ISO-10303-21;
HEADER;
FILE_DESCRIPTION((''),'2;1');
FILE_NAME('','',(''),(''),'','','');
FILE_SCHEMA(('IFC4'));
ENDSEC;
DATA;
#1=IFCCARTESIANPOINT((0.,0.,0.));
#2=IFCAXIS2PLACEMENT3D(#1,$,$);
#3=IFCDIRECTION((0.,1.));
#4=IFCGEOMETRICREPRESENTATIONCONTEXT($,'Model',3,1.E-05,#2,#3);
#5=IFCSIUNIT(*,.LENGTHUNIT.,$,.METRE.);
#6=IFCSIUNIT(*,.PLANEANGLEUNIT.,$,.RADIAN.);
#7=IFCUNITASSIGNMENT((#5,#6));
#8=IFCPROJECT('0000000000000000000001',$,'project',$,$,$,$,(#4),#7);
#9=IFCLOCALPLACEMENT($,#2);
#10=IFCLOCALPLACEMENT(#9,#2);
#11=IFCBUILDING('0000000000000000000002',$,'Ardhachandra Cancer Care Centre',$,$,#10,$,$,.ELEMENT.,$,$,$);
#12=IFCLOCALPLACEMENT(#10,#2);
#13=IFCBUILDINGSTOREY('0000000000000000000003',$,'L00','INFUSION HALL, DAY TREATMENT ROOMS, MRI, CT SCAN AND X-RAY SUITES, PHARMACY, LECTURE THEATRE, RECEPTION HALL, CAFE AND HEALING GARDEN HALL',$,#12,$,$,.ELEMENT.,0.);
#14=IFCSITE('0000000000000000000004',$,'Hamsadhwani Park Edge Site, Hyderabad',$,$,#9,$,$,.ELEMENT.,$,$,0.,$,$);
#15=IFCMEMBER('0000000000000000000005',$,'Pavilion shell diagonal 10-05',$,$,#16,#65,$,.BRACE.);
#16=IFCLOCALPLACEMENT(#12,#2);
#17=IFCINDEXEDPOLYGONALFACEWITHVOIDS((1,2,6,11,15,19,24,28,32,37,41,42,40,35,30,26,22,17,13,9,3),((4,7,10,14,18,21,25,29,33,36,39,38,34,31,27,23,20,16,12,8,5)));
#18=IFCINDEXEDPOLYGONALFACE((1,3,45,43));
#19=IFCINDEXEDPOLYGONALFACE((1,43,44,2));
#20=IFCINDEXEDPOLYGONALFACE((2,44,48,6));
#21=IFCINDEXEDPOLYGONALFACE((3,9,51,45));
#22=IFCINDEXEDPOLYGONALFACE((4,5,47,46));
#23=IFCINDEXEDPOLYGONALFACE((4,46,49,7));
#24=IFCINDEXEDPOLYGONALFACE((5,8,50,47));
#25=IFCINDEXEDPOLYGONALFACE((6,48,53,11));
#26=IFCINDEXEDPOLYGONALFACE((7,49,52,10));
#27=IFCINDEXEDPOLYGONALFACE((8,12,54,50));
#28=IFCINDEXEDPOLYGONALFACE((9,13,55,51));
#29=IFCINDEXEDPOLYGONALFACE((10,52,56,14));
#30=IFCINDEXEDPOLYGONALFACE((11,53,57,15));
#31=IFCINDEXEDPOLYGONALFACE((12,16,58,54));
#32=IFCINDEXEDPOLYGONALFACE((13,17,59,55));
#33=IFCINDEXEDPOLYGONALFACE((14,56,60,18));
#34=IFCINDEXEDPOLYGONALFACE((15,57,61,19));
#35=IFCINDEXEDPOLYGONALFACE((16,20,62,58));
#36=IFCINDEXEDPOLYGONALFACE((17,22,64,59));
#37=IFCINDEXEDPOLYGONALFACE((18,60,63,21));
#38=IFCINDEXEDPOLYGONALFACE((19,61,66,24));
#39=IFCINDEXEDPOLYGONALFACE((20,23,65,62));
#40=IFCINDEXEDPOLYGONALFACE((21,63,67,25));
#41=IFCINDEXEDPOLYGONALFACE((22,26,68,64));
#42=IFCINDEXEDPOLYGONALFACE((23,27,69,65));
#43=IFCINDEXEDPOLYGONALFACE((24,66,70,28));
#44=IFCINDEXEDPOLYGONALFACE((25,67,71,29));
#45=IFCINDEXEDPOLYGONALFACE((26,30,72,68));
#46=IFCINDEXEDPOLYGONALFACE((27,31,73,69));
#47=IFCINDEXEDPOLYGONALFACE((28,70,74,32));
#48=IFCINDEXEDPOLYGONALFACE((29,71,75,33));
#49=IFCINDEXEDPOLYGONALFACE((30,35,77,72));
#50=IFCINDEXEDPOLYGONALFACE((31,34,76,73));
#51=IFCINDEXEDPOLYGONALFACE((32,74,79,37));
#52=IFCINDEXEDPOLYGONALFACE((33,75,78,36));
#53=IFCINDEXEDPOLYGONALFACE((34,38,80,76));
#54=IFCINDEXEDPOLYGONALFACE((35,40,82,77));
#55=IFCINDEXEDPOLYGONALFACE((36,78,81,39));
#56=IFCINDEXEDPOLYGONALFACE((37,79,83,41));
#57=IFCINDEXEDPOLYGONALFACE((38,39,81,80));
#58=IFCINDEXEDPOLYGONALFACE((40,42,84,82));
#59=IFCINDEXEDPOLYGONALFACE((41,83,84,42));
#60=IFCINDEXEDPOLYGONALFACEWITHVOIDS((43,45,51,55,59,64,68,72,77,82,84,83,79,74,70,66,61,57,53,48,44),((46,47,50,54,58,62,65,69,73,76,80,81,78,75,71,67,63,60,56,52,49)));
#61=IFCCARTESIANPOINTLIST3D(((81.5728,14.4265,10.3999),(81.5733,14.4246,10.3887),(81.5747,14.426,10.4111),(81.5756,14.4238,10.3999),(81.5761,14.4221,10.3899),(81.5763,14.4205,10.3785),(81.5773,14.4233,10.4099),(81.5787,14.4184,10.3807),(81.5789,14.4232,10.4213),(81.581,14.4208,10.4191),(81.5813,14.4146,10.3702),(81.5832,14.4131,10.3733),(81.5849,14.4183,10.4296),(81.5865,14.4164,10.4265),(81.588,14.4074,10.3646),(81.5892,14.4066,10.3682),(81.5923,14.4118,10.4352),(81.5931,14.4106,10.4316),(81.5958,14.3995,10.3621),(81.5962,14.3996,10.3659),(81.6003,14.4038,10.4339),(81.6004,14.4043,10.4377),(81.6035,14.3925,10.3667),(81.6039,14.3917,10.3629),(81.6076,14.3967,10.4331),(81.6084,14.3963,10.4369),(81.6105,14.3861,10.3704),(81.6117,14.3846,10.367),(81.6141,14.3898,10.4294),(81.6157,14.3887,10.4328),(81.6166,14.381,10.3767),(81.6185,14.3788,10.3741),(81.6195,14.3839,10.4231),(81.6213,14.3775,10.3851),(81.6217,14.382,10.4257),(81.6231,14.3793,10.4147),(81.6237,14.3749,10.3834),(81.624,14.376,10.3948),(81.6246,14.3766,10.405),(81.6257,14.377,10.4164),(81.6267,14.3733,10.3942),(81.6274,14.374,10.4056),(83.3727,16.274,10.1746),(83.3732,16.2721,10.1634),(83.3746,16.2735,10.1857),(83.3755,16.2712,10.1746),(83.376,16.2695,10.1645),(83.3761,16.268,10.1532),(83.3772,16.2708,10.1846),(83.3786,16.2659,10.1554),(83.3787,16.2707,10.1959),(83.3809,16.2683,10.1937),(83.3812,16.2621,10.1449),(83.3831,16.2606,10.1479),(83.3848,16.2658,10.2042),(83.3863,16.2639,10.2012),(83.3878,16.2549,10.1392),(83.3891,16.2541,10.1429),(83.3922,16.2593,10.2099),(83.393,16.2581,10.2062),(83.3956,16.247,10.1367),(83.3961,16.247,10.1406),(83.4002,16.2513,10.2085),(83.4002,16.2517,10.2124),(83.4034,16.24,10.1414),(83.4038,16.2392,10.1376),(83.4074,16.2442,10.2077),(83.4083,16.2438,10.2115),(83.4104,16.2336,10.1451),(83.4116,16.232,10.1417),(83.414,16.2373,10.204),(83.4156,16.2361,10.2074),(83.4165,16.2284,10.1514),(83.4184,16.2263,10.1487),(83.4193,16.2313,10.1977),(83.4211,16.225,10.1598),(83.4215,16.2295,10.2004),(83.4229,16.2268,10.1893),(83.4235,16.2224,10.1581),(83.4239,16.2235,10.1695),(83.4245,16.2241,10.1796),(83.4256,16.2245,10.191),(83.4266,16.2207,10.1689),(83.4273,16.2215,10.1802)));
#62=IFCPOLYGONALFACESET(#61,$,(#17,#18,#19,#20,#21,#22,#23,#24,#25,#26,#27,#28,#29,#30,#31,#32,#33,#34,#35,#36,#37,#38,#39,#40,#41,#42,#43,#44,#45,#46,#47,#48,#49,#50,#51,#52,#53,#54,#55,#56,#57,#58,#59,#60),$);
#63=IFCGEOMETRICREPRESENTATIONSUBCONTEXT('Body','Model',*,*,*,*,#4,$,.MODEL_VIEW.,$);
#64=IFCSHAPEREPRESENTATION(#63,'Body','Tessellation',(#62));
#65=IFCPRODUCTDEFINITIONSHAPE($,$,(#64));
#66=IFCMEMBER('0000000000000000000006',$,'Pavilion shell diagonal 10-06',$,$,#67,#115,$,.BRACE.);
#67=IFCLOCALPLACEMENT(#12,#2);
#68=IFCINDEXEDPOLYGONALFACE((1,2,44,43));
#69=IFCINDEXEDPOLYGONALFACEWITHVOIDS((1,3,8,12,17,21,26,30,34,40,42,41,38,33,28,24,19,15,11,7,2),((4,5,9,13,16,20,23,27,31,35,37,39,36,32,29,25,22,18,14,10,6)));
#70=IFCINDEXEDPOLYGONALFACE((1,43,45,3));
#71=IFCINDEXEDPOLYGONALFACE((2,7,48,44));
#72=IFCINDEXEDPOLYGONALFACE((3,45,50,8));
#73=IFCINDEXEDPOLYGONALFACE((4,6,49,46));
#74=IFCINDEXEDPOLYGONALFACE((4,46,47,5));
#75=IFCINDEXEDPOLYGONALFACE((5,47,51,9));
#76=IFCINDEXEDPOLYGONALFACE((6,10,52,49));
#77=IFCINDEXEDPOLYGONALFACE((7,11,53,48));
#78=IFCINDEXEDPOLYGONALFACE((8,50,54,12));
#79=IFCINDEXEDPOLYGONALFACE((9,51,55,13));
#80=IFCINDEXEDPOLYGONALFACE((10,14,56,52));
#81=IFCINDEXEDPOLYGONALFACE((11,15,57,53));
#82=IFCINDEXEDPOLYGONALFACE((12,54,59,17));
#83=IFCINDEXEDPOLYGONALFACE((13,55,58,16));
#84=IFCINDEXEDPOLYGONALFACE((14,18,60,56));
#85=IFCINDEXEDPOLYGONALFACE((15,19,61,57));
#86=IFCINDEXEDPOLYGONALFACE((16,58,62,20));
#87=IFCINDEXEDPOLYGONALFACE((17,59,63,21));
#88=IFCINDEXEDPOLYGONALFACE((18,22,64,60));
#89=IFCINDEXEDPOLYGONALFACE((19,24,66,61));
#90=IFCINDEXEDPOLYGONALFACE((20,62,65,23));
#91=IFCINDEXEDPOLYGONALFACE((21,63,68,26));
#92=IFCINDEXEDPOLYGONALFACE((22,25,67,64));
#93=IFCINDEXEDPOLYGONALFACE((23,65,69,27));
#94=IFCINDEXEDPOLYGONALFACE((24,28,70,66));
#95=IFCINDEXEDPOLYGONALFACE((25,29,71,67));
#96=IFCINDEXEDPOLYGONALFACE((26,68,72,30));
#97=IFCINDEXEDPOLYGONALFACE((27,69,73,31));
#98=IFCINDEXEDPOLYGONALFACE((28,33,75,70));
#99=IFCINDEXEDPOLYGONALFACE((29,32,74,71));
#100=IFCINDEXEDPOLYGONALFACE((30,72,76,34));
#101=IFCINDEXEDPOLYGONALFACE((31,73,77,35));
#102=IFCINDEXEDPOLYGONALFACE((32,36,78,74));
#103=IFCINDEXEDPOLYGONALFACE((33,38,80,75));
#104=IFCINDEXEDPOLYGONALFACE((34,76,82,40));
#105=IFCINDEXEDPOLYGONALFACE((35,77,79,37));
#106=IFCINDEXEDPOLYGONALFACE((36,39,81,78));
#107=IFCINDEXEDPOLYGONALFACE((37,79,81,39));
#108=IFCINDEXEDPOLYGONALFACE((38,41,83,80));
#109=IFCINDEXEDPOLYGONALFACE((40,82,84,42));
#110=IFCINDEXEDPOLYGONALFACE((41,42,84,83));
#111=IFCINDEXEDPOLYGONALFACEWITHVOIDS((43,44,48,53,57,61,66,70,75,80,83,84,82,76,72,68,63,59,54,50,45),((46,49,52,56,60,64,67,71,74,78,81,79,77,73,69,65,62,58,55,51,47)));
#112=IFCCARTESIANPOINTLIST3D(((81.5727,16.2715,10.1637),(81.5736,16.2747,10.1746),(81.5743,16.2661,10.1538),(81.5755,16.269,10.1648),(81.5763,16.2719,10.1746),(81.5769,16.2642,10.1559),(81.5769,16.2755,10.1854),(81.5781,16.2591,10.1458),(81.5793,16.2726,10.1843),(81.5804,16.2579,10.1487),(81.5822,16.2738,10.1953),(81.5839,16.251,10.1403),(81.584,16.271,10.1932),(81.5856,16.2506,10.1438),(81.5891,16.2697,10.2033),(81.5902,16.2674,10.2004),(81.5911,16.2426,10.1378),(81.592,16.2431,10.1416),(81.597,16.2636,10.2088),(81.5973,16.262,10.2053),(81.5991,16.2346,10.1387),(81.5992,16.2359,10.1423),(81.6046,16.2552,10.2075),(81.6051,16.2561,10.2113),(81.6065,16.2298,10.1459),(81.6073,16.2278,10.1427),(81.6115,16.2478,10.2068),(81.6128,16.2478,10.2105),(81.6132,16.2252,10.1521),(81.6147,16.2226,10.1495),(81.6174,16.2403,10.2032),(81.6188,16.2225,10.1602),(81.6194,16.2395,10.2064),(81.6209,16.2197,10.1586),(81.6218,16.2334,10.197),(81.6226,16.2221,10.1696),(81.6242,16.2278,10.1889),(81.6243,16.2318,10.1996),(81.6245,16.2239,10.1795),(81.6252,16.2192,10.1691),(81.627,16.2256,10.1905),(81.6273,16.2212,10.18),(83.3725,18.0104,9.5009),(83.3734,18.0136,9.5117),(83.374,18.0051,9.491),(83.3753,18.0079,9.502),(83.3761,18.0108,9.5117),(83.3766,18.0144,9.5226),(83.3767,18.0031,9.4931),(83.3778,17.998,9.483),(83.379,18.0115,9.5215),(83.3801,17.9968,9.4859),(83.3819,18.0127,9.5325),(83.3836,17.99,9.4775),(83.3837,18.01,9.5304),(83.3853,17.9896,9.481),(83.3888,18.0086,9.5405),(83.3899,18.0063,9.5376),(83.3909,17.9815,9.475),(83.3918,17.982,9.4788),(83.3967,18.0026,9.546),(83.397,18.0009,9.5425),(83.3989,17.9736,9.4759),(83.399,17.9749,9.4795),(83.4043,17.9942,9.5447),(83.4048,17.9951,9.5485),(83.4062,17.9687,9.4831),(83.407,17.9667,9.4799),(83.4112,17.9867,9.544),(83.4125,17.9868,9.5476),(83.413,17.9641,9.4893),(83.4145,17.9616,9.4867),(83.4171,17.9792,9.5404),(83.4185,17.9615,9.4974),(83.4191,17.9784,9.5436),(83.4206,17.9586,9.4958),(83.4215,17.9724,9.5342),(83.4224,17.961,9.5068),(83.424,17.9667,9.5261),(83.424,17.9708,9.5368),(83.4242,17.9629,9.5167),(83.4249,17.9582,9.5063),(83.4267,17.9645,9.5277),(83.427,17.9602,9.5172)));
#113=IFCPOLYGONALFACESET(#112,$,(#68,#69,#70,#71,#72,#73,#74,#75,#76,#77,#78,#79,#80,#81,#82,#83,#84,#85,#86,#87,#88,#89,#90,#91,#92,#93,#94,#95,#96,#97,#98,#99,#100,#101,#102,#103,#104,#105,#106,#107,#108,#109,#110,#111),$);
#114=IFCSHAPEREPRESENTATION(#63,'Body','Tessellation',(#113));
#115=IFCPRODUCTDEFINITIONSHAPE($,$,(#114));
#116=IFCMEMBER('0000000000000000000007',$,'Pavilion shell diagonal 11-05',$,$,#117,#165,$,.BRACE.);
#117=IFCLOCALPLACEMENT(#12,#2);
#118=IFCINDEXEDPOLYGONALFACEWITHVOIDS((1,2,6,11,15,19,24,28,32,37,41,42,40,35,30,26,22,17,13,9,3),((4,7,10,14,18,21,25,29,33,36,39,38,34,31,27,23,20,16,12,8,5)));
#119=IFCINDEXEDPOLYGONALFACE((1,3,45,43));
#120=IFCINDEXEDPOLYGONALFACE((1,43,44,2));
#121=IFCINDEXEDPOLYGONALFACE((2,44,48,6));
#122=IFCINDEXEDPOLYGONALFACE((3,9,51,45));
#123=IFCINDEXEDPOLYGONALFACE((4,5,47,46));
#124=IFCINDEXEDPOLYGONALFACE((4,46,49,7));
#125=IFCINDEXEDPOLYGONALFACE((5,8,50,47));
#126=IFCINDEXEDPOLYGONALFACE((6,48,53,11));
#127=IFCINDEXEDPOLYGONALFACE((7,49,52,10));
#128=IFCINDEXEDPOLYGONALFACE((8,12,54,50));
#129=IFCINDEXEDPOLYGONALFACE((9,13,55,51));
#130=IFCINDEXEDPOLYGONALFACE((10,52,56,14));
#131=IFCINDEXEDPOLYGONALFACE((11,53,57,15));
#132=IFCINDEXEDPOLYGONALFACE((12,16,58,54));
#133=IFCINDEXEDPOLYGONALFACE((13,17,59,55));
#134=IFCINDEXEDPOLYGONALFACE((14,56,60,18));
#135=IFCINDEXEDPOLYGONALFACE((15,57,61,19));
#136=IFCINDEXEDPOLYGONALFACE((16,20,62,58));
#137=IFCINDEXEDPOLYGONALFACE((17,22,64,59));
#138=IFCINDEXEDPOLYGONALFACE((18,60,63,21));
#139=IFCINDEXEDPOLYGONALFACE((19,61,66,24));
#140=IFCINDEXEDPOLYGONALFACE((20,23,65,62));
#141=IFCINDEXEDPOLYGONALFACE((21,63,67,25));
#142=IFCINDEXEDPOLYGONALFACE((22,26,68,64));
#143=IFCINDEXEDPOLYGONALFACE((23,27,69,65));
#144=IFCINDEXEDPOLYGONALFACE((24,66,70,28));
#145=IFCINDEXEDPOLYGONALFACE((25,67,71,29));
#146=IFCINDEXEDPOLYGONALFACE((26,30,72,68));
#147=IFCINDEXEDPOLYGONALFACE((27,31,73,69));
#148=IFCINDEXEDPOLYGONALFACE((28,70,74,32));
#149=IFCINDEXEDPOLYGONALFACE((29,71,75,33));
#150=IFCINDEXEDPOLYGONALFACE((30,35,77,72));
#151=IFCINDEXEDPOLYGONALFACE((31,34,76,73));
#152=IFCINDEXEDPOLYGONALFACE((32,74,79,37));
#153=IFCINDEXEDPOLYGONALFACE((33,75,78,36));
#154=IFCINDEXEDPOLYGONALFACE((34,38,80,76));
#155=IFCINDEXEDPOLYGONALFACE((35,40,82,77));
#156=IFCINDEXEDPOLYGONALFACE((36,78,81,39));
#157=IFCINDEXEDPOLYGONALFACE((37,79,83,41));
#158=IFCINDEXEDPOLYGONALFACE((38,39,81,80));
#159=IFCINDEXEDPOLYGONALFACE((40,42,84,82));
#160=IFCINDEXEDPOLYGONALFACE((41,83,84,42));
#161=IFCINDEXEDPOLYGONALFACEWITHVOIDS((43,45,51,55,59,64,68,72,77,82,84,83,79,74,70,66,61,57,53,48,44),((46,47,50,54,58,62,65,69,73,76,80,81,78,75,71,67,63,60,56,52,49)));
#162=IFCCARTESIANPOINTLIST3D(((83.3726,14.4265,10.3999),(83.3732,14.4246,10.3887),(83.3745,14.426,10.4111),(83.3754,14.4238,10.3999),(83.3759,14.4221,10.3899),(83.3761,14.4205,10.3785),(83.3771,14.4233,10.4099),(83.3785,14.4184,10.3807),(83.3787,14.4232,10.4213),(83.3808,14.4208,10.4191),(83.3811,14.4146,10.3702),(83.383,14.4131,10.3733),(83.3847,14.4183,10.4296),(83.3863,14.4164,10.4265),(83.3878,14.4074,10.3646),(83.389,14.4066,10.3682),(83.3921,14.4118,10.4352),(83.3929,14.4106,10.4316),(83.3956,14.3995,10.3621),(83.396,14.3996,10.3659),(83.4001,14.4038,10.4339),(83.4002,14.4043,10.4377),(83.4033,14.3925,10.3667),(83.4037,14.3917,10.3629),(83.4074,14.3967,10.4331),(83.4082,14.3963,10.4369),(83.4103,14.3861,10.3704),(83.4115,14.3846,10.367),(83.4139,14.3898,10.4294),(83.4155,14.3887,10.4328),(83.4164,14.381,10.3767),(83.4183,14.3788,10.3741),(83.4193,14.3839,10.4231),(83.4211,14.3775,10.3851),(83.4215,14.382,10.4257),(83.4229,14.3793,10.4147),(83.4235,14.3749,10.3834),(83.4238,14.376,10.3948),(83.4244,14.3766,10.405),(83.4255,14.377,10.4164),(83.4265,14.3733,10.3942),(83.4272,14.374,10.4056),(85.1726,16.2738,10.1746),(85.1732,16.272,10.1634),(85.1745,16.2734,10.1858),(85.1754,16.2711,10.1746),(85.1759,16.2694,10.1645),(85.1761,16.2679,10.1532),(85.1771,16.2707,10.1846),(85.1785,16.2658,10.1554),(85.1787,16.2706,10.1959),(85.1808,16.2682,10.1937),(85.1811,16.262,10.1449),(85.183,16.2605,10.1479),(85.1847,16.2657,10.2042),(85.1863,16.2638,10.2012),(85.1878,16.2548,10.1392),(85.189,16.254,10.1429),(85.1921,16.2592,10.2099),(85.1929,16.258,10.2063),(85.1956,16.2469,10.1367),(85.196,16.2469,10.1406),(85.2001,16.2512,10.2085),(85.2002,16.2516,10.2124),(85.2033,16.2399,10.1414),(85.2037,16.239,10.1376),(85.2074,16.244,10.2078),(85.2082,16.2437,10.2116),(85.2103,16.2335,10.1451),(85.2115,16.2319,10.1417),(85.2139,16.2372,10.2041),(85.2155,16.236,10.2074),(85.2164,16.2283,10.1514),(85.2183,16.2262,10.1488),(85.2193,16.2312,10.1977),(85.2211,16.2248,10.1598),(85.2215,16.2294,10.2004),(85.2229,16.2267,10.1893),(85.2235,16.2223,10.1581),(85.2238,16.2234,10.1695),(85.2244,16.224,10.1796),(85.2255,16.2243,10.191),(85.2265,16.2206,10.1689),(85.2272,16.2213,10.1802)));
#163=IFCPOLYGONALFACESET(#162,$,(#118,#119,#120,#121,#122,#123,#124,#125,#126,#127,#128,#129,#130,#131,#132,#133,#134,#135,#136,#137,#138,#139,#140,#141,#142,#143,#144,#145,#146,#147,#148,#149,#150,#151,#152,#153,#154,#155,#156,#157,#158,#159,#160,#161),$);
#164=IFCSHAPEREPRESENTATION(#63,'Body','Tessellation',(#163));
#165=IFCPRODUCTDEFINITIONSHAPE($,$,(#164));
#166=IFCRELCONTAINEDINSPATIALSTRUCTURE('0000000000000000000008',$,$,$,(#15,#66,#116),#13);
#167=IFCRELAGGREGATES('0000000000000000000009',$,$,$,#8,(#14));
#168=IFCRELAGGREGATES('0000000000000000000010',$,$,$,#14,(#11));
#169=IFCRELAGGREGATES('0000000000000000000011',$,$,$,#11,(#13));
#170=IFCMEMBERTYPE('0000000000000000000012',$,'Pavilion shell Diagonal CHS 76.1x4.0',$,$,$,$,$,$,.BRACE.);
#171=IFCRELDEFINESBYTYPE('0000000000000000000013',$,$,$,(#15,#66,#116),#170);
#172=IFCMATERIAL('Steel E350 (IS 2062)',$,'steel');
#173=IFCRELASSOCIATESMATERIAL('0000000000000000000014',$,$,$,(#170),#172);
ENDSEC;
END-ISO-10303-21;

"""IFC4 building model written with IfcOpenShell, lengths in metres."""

from ifc_helpers import new_model, si_unit, direction, frame, origin, origin_2d, place, context, subcontext, project, spatial, hollow_circle, extrude, material, material_profile, profile_set, type_object, element, save


model = new_model("IFC4")

# Units and contexts
model_context = context("Model", 3, precision=1e-05, world=origin(), true_north=direction((0.0, 1.0)))
body_context = subcontext(model_context, "Body", "Model", "MODEL_VIEW")
ifc_project = project(units=[si_unit("LENGTHUNIT", "METRE"), si_unit("PLANEANGLEUNIT", "RADIAN")], contexts=[model_context])

# Site, building, storey
site_placement = place(None, origin())
site = spatial("IfcSite", under=ifc_project, at=site_placement, Name="Hamsadhwani Park Edge Site, Hyderabad", CompositionType="ELEMENT", RefElevation=0.0)
building_placement = place(site_placement, origin())
building = spatial("IfcBuilding", under=site, at=building_placement, Name="Ardhachandra Cancer Care Centre", CompositionType="ELEMENT")
storey_placement = place(building_placement, origin())
storey = spatial("IfcBuildingStorey", under=building, at=storey_placement, Name="L00", Description="INFUSION HALL, DAY TREATMENT ROOMS, MRI, CT SCAN AND X-RAY SUITES, PHARMACY, LECTURE THEATRE, RECEPTION HALL, CAFE AND HEALING GARDEN HALL", CompositionType="ELEMENT", Elevation=0.0)

# Members
ifc_material_1 = material(Name="Steel E350 (IS 2062)", Category="steel")
ifc_material_profile_1 = material_profile(ifc_material_1, hollow_circle(Radius=0.0381, WallThickness=0.0039, at=origin_2d()), Name="CHS 76.1x4.0")
ifc_profile_set_1 = profile_set([ifc_material_profile_1], Name="Steel E350 (IS 2062)")
member_type_1 = type_object("IfcMemberType", Name="Pavilion shell Diagonal CHS 76.1x4.0", PredefinedType="BRACE", material=ifc_profile_set_1)
member_1_placement = place(storey_placement, frame((81.6001, 14.3999, 10.3999), z_axis=(0.695169, 0.713557, -0.087038), x_axis=(-0.716276, 0.697817, 0.0)))
element("IfcMember", 1, at=member_1_placement, inside=storey, type_object=member_type_1, Name="Pavilion shell diagonal 10-05", PredefinedType="BRACE", context=body_context, shape_type="SweptSolid", body=[
    extrude(hollow_circle(Radius=0.0381, WallThickness=0.0039, at=origin_2d()), origin(), (0.0, 0.0, 1.0), 2.5891),
])
member_2_placement = place(storey_placement, frame((81.6001, 16.2473, 10.1746), z_axis=(0.695179, 0.671698, -0.256024), x_axis=(-0.694857, 0.719148, 0.0)))
element("IfcMember", 2, at=member_2_placement, inside=storey, type_object=member_type_1, Name="Pavilion shell diagonal 10-06", PredefinedType="BRACE", context=body_context, shape_type="SweptSolid", body=[
    extrude(hollow_circle(Radius=0.0381, WallThickness=0.0039, at=origin_2d()), origin(), (0.0, 0.0, 1.0), 2.5889),
])
for number, where, z_axis, x_axis, name in (
    (3, (83.3999, 14.3999, 10.3999), (0.695218, 0.713511, -0.087032), (-0.716228, 0.697866, 0.0), "Pavilion shell diagonal 11-05"),
):
    element("IfcMember", number, at=place(storey_placement, frame(where, z_axis=z_axis, x_axis=x_axis)), inside=storey, type_object=member_type_1, Name=name, PredefinedType="BRACE", context=body_context, shape_type="SweptSolid", body=[
        extrude(hollow_circle(Radius=0.0381, WallThickness=0.0039, at=origin_2d()), origin(), (0.0, 0.0, 1.0), 2.5891),
    ])

save(model, "model.ifc")
